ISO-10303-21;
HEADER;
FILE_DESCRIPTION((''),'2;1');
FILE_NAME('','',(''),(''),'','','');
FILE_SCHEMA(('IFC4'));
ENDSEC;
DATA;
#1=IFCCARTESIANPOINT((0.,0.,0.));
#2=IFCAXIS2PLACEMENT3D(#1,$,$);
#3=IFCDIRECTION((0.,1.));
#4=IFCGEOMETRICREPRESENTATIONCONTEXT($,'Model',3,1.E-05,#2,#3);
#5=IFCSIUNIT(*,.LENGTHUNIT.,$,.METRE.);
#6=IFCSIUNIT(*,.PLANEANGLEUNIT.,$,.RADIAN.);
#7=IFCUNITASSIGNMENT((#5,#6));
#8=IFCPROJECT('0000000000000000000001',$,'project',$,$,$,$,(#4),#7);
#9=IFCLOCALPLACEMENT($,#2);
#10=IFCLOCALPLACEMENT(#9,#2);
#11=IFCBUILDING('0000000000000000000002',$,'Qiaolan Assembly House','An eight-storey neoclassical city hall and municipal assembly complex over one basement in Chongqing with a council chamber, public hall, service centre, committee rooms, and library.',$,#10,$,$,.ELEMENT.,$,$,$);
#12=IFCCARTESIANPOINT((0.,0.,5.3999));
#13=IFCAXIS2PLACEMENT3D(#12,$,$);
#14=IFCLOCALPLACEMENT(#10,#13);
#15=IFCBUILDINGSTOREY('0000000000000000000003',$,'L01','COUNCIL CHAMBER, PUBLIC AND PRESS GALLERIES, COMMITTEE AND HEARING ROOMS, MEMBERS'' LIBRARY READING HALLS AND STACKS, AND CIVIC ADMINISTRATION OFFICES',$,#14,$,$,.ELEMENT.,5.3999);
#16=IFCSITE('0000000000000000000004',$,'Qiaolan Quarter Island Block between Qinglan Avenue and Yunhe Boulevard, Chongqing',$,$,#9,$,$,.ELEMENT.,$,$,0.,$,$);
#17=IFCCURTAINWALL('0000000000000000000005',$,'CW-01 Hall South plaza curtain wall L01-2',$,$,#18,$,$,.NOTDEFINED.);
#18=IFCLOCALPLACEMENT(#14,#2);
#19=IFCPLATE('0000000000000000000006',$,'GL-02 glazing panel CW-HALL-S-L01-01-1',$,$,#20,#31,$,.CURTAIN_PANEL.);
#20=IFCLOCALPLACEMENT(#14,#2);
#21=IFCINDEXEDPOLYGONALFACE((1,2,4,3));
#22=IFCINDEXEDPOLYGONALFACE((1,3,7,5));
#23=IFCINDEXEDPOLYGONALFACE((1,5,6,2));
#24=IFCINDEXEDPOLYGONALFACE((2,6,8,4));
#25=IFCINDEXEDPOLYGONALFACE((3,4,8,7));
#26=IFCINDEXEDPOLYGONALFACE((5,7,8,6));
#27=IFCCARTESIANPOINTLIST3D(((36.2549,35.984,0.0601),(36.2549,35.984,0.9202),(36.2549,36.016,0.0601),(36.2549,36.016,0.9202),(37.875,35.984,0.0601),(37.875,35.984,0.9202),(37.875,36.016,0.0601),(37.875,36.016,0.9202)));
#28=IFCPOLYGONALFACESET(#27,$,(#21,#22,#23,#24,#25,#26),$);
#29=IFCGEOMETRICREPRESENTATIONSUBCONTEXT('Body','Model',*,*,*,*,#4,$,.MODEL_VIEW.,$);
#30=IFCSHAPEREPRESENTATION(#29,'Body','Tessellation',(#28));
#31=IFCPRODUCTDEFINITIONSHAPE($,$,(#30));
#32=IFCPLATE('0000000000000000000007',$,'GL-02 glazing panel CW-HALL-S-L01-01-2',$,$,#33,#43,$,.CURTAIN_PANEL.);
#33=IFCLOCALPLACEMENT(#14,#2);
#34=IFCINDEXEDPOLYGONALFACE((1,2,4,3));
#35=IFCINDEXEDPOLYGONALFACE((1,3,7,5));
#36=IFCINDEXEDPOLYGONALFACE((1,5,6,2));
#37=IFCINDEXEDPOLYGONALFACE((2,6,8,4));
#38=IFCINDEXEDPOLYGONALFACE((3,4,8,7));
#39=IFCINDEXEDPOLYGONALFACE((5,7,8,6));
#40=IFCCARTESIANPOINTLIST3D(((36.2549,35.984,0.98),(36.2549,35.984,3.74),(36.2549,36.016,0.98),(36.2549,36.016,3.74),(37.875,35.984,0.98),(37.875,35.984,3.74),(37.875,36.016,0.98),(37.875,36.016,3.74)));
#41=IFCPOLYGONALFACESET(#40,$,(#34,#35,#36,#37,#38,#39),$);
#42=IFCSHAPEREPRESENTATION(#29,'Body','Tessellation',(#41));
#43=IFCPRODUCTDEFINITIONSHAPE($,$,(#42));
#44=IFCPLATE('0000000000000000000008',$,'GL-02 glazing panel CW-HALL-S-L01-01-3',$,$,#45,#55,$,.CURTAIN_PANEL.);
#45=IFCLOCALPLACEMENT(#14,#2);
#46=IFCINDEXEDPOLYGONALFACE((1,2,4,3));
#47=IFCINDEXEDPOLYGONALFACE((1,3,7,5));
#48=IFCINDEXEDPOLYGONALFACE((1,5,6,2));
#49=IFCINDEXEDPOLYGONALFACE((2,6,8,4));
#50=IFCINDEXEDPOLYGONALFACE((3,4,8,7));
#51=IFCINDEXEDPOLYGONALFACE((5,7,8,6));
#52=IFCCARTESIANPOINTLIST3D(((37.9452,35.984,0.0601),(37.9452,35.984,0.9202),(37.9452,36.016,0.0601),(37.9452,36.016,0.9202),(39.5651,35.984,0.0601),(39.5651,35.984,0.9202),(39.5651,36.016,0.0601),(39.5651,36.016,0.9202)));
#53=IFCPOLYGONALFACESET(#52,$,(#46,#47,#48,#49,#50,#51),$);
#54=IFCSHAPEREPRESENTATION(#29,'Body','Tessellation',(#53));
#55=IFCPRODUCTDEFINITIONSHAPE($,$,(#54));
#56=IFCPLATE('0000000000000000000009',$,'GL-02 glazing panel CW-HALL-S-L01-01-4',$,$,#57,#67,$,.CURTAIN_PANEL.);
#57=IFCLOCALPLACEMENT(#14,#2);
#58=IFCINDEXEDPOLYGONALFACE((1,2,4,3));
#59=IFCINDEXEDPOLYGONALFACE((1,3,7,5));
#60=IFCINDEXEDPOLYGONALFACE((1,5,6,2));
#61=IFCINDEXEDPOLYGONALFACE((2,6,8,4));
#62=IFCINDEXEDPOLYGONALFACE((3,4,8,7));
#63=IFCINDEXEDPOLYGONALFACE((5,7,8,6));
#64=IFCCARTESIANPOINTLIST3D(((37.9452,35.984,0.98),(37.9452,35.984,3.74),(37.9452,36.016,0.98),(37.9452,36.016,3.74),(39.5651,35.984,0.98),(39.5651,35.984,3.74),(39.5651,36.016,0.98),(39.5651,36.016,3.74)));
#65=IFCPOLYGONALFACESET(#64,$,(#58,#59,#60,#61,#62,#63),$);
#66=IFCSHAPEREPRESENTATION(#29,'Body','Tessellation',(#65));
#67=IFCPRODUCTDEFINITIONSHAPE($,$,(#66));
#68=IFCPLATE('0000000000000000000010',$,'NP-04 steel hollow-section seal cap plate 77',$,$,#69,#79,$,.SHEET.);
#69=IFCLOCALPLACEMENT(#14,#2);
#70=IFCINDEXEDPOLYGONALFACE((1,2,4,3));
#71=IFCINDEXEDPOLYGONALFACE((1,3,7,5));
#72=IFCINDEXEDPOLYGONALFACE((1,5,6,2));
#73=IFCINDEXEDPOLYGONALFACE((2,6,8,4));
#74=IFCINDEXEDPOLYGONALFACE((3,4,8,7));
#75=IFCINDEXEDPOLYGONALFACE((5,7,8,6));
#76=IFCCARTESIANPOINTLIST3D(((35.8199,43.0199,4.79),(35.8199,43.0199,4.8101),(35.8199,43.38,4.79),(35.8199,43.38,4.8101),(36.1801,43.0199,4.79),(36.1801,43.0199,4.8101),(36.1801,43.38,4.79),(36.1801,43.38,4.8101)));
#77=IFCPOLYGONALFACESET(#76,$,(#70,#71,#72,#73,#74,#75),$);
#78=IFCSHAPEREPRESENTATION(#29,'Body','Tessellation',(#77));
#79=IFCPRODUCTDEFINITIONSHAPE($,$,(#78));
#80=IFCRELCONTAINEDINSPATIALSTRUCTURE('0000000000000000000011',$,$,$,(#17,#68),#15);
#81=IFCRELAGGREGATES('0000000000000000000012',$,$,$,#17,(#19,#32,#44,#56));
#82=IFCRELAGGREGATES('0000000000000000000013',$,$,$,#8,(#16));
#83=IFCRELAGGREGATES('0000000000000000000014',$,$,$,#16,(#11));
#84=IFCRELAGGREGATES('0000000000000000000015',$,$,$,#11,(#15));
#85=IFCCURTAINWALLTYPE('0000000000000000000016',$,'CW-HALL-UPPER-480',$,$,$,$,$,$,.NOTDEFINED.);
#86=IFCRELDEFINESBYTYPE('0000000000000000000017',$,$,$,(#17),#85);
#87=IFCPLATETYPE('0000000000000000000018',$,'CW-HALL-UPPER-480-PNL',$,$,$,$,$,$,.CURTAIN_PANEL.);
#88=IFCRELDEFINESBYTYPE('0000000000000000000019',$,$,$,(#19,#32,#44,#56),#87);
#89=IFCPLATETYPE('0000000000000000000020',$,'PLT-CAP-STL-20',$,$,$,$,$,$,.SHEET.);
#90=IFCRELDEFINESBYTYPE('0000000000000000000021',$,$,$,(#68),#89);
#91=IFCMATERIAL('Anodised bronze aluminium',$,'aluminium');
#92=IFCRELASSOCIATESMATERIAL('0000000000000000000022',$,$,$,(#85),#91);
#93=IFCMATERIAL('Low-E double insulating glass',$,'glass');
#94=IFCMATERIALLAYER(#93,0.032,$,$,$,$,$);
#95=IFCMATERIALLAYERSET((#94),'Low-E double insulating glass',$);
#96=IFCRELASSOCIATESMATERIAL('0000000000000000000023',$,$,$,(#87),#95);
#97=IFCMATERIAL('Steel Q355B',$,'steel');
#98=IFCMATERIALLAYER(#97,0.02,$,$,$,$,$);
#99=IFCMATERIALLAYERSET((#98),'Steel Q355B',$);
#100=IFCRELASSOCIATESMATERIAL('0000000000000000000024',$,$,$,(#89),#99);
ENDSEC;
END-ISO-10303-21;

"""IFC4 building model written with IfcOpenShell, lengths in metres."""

from ifc_helpers import new_model, si_unit, direction, frame, frame_2d, origin, origin_2d, place, context, subcontext, project, spatial, rectangle, extrude, material, layer, layer_set, type_object, element, aggregate, save


model = new_model("IFC4")

# Units and contexts
model_context = context("Model", 3, precision=1e-05, world=origin(), true_north=direction((0.0, 1.0)))
body_context = subcontext(model_context, "Body", "Model", "MODEL_VIEW")
ifc_project = project(units=[si_unit("LENGTHUNIT", "METRE"), si_unit("PLANEANGLEUNIT", "RADIAN")], contexts=[model_context])

# Site, building, storey
site_placement = place(None, origin())
site = spatial("IfcSite", under=ifc_project, at=site_placement, Name="Qiaolan Quarter Island Block between Qinglan Avenue and Yunhe Boulevard, Chongqing", CompositionType="ELEMENT", RefElevation=0.0)
building_placement = place(site_placement, origin())
building = spatial("IfcBuilding", under=site, at=building_placement, Name="Qiaolan Assembly House", Description="An eight-storey neoclassical city hall and municipal assembly complex over one basement in Chongqing with a council chamber, public hall, service centre, committee rooms, and library.", CompositionType="ELEMENT")
storey_placement = place(building_placement, frame((0.0, 0.0, 5.3999)))
storey = spatial("IfcBuildingStorey", under=building, at=storey_placement, Name="L01", Description="COUNCIL CHAMBER, PUBLIC AND PRESS GALLERIES, COMMITTEE AND HEARING ROOMS, MEMBERS' LIBRARY READING HALLS AND STACKS, AND CIVIC ADMINISTRATION OFFICES", CompositionType="ELEMENT", Elevation=5.3999)

# Shared definitions
ifc_material_1 = material(Name="Steel Q355B", Category="steel")

# Shared definitions
ifc_material_2 = material(Name="Anodised bronze aluminium", Category="aluminium")
curtain_wall_type = type_object("IfcCurtainWallType", Name="CW-HALL-UPPER-480", PredefinedType="NOTDEFINED", material=ifc_material_2)

# Curtain wall
curtain_wall_1_placement = place(storey_placement, origin())
curtain_wall_1 = element("IfcCurtainWall", 1, at=curtain_wall_1_placement, inside=storey, type_object=curtain_wall_type, Name="CW-01 Hall South plaza curtain wall L01-2", PredefinedType="NOTDEFINED")

# Plates
ifc_material_3 = material(Name="Low-E double insulating glass", Category="glass")
ifc_layer_1 = layer(ifc_material_3, 0.032)
ifc_layer_set_1 = layer_set([ifc_layer_1], Name="Low-E double insulating glass")
plate_type_1 = type_object("IfcPlateType", Name="CW-HALL-UPPER-480-PNL", PredefinedType="CURTAIN_PANEL", material=ifc_layer_set_1)
plate_1_placement = place(storey_placement, frame((36.2549, 36.0, 0.0601), z_axis=(0.0, 0.0, 1.0), x_axis=(1.0, 0.0, 0.0)))
plate_1 = element("IfcPlate", 2, at=plate_1_placement, type_object=plate_type_1, Name="GL-02 glazing panel CW-HALL-S-L01-01-1", PredefinedType="CURTAIN_PANEL", context=body_context, shape_type="SweptSolid", body=[
    extrude(rectangle(XDim=1.6201, YDim=0.032, at=frame_2d((0.8101, 0.0))), origin(), (0.0, 0.0, 1.0), 0.8601),
])
plate_2_placement = place(storey_placement, frame((36.2549, 36.0, 0.98), z_axis=(0.0, 0.0, 1.0), x_axis=(1.0, 0.0, 0.0)))
plate_2 = element("IfcPlate", 3, at=plate_2_placement, type_object=plate_type_1, Name="GL-02 glazing panel CW-HALL-S-L01-01-2", PredefinedType="CURTAIN_PANEL", context=body_context, shape_type="SweptSolid", body=[
    extrude(rectangle(XDim=1.6201, YDim=0.032, at=frame_2d((0.8101, 0.0))), origin(), (0.0, 0.0, 1.0), 2.76),
])
plate_3_placement = place(storey_placement, frame((37.9451, 36.0, 0.0601), z_axis=(0.0, 0.0, 1.0), x_axis=(1.0, 0.0, 0.0)))
plate_3 = element("IfcPlate", 4, at=plate_3_placement, type_object=plate_type_1, Name="GL-02 glazing panel CW-HALL-S-L01-01-3", PredefinedType="CURTAIN_PANEL", context=body_context, shape_type="SweptSolid", body=[
    extrude(rectangle(XDim=1.6199, YDim=0.032, at=frame_2d((0.8101, 0.0))), origin(), (0.0, 0.0, 1.0), 0.8601),
])
plate_4_placement = place(storey_placement, frame((37.9451, 36.0, 0.98), z_axis=(0.0, 0.0, 1.0), x_axis=(1.0, 0.0, 0.0)))
plate_4 = element("IfcPlate", 5, at=plate_4_placement, type_object=plate_type_1, Name="GL-02 glazing panel CW-HALL-S-L01-01-4", PredefinedType="CURTAIN_PANEL", context=body_context, shape_type="SweptSolid", body=[
    extrude(rectangle(XDim=1.6199, YDim=0.032, at=frame_2d((0.8101, 0.0))), origin(), (0.0, 0.0, 1.0), 2.76),
])
aggregate(curtain_wall_1, [plate_1, plate_2, plate_3, plate_4])
ifc_layer_2 = layer(ifc_material_1, 0.02)
ifc_layer_set_2 = layer_set([ifc_layer_2], Name="Steel Q355B")
plate_type_2 = type_object("IfcPlateType", Name="PLT-CAP-STL-20", PredefinedType="SHEET", material=ifc_layer_set_2)
plate_5_placement = place(storey_placement, frame((36.0, 43.2, 4.79), z_axis=(0.0, 0.0, 1.0), x_axis=(1.0, 0.0, 0.0)))
element("IfcPlate", 6, at=plate_5_placement, inside=storey, type_object=plate_type_2, Name="NP-04 steel hollow-section seal cap plate 77", PredefinedType="SHEET", context=body_context, shape_type="SweptSolid", body=[
    extrude(rectangle(XDim=0.3601, YDim=0.3601, at=origin_2d()), origin(), (0.0, 0.0, 1.0), 0.02),
])

save(model, "model.ifc")
